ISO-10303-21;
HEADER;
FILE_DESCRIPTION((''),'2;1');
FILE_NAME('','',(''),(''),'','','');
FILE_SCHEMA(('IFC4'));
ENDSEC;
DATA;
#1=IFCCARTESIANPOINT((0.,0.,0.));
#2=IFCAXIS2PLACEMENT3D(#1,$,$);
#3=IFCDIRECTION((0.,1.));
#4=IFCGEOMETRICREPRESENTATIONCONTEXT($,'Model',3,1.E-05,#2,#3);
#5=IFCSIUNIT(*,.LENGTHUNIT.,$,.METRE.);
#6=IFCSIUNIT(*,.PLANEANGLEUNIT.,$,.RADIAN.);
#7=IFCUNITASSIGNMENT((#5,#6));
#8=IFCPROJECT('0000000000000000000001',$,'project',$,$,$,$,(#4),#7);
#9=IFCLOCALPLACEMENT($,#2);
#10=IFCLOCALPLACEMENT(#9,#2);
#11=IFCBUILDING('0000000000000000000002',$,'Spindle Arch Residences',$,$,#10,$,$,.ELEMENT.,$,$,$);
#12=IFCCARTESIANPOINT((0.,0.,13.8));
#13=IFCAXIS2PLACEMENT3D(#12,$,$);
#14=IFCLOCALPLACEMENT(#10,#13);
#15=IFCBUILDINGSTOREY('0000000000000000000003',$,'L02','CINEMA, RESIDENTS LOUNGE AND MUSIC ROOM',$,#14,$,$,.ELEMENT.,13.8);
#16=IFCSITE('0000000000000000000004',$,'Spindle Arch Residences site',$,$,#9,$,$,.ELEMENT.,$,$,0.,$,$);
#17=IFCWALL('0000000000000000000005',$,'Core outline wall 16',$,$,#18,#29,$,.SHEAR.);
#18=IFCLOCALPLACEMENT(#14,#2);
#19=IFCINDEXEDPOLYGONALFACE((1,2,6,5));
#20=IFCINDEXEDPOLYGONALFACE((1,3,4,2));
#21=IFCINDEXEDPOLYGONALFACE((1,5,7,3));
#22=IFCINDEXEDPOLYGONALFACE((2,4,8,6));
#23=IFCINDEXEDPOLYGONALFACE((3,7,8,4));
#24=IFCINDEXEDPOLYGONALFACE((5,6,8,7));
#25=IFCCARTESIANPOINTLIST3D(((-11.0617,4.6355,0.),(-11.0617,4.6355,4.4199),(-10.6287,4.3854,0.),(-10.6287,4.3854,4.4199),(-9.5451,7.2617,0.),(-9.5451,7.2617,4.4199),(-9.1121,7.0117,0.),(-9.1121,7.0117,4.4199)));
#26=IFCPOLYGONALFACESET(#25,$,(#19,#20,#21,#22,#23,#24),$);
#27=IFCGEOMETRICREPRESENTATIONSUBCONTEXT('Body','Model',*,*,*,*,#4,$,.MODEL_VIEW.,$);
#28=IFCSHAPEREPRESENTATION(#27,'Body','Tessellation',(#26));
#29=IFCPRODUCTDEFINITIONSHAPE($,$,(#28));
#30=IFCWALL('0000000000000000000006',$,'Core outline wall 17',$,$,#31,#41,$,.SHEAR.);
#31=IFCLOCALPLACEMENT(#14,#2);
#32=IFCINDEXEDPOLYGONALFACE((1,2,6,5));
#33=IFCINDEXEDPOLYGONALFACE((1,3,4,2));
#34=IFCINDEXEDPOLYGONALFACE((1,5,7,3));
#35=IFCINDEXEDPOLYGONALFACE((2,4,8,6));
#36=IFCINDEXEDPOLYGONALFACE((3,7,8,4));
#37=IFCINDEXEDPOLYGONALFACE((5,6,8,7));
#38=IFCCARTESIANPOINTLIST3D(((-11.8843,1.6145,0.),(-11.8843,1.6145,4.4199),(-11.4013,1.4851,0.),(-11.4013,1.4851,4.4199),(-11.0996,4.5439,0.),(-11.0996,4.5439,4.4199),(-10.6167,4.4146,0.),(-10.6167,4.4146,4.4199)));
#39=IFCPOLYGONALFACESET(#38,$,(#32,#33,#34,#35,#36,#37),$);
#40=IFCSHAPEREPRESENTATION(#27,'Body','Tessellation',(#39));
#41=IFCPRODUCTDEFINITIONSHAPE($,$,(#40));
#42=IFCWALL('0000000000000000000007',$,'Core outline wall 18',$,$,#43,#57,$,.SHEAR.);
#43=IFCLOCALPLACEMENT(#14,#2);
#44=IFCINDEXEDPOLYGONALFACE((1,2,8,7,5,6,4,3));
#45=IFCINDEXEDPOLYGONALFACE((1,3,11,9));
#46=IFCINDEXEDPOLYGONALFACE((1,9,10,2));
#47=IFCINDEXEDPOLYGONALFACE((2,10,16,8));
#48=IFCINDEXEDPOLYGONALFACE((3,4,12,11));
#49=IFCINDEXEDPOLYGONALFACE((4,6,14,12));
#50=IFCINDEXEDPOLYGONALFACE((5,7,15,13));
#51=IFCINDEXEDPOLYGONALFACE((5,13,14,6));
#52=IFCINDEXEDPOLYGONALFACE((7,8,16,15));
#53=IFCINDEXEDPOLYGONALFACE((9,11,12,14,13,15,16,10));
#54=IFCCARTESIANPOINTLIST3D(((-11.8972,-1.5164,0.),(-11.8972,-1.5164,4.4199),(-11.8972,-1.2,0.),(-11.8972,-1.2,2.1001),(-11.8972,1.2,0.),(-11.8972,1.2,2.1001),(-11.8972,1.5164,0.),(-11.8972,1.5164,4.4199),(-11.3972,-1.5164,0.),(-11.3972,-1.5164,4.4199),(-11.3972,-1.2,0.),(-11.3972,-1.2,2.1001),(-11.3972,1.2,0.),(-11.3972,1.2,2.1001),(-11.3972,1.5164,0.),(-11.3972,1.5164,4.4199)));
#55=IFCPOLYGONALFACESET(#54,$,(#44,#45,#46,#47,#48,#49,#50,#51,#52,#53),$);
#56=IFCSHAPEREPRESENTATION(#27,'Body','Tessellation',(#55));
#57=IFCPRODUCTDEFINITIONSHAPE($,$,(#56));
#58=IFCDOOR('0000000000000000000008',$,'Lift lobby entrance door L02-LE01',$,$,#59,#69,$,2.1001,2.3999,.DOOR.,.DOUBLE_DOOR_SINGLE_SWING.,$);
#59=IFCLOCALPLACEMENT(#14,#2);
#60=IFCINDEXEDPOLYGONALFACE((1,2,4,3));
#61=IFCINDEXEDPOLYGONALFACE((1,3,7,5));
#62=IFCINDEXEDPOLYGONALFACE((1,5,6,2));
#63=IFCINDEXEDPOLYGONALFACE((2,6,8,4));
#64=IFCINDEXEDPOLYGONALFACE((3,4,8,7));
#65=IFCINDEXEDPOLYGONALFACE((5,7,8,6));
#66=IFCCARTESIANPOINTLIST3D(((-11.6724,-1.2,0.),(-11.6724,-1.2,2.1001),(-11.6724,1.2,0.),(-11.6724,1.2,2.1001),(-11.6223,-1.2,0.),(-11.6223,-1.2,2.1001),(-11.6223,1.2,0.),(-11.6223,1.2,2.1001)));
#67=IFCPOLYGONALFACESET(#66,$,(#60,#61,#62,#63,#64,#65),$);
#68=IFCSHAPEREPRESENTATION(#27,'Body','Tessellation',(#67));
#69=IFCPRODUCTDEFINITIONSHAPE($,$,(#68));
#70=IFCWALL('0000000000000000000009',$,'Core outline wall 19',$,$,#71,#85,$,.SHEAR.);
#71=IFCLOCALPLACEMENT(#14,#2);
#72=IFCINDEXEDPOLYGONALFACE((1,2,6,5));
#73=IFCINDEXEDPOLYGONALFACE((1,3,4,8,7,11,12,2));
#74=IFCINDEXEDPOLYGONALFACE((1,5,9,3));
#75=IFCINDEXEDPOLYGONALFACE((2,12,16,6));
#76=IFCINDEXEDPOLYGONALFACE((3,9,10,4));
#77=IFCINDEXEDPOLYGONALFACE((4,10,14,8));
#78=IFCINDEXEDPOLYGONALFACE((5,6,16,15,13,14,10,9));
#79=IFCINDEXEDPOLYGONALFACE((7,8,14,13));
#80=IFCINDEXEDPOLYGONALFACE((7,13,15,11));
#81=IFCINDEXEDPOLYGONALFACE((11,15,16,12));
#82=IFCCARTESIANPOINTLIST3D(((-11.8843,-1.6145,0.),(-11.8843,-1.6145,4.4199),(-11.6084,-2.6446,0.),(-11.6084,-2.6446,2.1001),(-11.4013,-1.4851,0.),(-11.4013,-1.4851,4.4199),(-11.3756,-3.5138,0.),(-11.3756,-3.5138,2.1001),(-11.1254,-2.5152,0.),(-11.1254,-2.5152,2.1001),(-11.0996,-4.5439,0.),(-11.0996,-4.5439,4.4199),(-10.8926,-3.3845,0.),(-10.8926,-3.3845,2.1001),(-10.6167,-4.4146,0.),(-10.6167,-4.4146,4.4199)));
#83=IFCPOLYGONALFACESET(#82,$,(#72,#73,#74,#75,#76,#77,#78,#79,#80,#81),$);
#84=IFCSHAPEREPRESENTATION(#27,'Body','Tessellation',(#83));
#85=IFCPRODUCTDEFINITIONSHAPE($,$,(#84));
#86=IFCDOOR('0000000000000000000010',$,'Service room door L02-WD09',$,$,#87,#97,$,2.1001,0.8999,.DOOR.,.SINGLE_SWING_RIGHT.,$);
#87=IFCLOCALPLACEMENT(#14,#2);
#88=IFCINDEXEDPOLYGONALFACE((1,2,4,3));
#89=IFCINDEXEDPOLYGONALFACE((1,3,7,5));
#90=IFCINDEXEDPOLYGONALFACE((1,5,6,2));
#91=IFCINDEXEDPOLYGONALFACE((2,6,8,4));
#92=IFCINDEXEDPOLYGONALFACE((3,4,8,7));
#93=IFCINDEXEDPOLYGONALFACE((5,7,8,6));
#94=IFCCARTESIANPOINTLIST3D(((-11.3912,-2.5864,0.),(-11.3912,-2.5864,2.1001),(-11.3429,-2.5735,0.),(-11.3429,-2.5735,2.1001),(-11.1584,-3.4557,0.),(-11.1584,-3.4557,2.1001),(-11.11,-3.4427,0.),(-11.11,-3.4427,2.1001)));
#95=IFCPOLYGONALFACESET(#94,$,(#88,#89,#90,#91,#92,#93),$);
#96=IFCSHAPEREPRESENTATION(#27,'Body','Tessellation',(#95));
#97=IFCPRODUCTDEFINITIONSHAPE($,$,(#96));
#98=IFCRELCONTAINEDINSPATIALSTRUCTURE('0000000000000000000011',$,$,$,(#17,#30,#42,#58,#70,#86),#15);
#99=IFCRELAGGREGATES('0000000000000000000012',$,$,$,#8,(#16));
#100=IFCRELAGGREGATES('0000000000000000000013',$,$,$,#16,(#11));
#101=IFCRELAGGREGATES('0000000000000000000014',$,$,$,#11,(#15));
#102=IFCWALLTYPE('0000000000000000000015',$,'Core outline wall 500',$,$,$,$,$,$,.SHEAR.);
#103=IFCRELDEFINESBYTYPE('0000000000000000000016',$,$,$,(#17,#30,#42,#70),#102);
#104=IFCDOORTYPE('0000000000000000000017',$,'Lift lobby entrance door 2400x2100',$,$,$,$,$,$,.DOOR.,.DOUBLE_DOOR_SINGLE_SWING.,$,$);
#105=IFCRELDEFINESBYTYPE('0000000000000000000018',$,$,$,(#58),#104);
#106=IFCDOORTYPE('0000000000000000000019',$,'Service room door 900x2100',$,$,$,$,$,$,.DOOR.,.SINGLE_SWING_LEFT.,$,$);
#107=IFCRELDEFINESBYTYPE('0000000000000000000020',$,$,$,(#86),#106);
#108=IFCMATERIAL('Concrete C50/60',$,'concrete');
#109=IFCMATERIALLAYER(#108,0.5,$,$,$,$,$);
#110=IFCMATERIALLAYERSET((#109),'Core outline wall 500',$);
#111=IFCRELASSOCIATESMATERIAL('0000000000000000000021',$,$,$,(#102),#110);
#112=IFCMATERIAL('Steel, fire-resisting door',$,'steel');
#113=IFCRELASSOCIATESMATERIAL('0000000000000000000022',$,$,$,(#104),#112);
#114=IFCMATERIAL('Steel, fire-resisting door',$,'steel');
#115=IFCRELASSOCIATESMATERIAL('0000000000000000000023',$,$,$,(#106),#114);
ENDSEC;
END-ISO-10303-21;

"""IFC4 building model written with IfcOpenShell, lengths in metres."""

from ifc_helpers import new_model, si_unit, direction, frame, frame_2d, origin, place, context, subcontext, project, spatial, rectangle, extrude, material, layer, layer_set, type_object, element, fill, save


model = new_model("IFC4")

# Units and contexts
model_context = context("Model", 3, precision=1e-05, world=origin(), true_north=direction((0.0, 1.0)))
body_context = subcontext(model_context, "Body", "Model", "MODEL_VIEW")
ifc_project = project(units=[si_unit("LENGTHUNIT", "METRE"), si_unit("PLANEANGLEUNIT", "RADIAN")], contexts=[model_context])

# Site, building, storey
site_placement = place(None, origin())
site = spatial("IfcSite", under=ifc_project, at=site_placement, Name="Spindle Arch Residences site", CompositionType="ELEMENT", RefElevation=0.0)
building_placement = place(site_placement, origin())
building = spatial("IfcBuilding", under=site, at=building_placement, Name="Spindle Arch Residences", CompositionType="ELEMENT")
storey_placement = place(building_placement, frame((0.0, 0.0, 13.8)))
storey = spatial("IfcBuildingStorey", under=building, at=storey_placement, Name="L02", Description="CINEMA, RESIDENTS LOUNGE AND MUSIC ROOM", CompositionType="ELEMENT", Elevation=13.8)

# Walls
ifc_material_1 = material(Name="Concrete C50/60", Category="concrete")
ifc_layer_1 = layer(ifc_material_1, 0.5)
ifc_layer_set_1 = layer_set([ifc_layer_1], Name="Core outline wall 500")
wall_type_1 = type_object("IfcWallType", Name="Core outline wall 500", PredefinedType="SHEAR", material=ifc_layer_set_1)
for number, where, z_axis, x_axis, name in (
    (1, (-9.3286, 7.1367, 0.0), (0.0, 0.0, 1.0), (-0.500087, -0.865975, 0.0), "Core outline wall 16"),
    (2, (-10.8582, 4.4792, 0.0), (0.0, 0.0, 1.0), (-0.258735, -0.965948, 0.0), "Core outline wall 17"),
):
    element("IfcWall", number, at=place(storey_placement, frame(where, z_axis=z_axis, x_axis=x_axis)), inside=storey, type_object=wall_type_1, Name=name, PredefinedType="SHEAR", context=body_context, shape_type="SweptSolid", body=[
        extrude(rectangle(XDim=3.0327, YDim=0.5, at=frame_2d((1.5164, 0.0))), origin(), (0.0, 0.0, 1.0), 4.4199),
    ])

# Walls, openings, doors
wall_1_placement = place(storey_placement, frame((-11.6472, 1.5164, 0.0), z_axis=(0.0, 0.0, 1.0), x_axis=(0.0, -1.0, 0.0)))
wall_1 = element("IfcWall", 3, at=wall_1_placement, inside=storey, type_object=wall_type_1, Name="Core outline wall 18", PredefinedType="SHEAR", context=body_context, shape_type="SweptSolid", body=[
    extrude(rectangle(XDim=3.0327, YDim=0.5, at=frame_2d((1.5164, 0.0))), origin(), (0.0, 0.0, 1.0), 4.4199),
])
opening_1_placement = place(wall_1_placement, frame((0.3164, 0.0, 0.0)))
opening_1 = element("IfcOpeningElement", 4, at=opening_1_placement, cuts=wall_1, PredefinedType="OPENING", context=body_context, shape_type="SweptSolid", body=[
    extrude(rectangle(XDim=2.3999, YDim=2.1001, at=frame_2d((1.2, 1.05))), frame((0.0, 0.26, 0.0), z_axis=(0.0, -1.0, 0.0), x_axis=(1.0, 0.0, 0.0)), (0.0, 0.0, 1.0), 0.52),
])
ifc_material_2 = material(Name="Steel, fire-resisting door", Category="steel")
door_type_1 = type_object("IfcDoorType", Name="Lift lobby entrance door 2400x2100", OperationType="DOUBLE_DOOR_SINGLE_SWING", PredefinedType="DOOR", material=ifc_material_2)
door_1_placement = place(opening_1_placement, origin())
door_1 = element("IfcDoor", 5, at=door_1_placement, inside=storey, type_object=door_type_1, Name="Lift lobby entrance door L02-LE01", OperationType="DOUBLE_DOOR_SINGLE_SWING", OverallHeight=2.1001, OverallWidth=2.3999, PredefinedType="DOOR", context=body_context, shape_type="SweptSolid", body=[
    extrude(rectangle(XDim=2.3999, YDim=2.1001, at=frame_2d((1.2, 1.05))), frame((0.0, 0.0249, 0.0), z_axis=(0.0, -1.0, 0.0), x_axis=(1.0, 0.0, 0.0)), (0.0, 0.0, 1.0), 0.05),
])
fill(opening_1, door_1)
wall_2_placement = place(storey_placement, frame((-11.6428, -1.5498, 0.0), z_axis=(0.0, 0.0, 1.0), x_axis=(0.258735, -0.965948, 0.0)))
wall_2 = element("IfcWall", 6, at=wall_2_placement, inside=storey, type_object=wall_type_1, Name="Core outline wall 19", PredefinedType="SHEAR", context=body_context, shape_type="SweptSolid", body=[
    extrude(rectangle(XDim=3.0327, YDim=0.5, at=frame_2d((1.5164, 0.0))), origin(), (0.0, 0.0, 1.0), 4.4199),
])
opening_2_placement = place(wall_2_placement, frame((1.0664, 0.0, 0.0)))
opening_2 = element("IfcOpeningElement", 7, at=opening_2_placement, cuts=wall_2, PredefinedType="OPENING", context=body_context, shape_type="SweptSolid", body=[
    extrude(rectangle(XDim=0.8999, YDim=2.1001, at=frame_2d((0.45, 1.05))), frame((0.0, 0.26, 0.0), z_axis=(0.0, -1.0, 0.0), x_axis=(1.0, 0.0, 0.0)), (0.0, 0.0, 1.0), 0.52),
])
ifc_material_3 = material(Name="Steel, fire-resisting door", Category="steel")
door_type_2 = type_object("IfcDoorType", Name="Service room door 900x2100", OperationType="SINGLE_SWING_LEFT", PredefinedType="DOOR", material=ifc_material_3)
door_2_placement = place(opening_2_placement, origin())
door_2 = element("IfcDoor", 8, at=door_2_placement, inside=storey, type_object=door_type_2, Name="Service room door L02-WD09", OperationType="SINGLE_SWING_RIGHT", OverallHeight=2.1001, OverallWidth=0.8999, PredefinedType="DOOR", context=body_context, shape_type="SweptSolid", body=[
    extrude(rectangle(XDim=0.8999, YDim=2.1001, at=frame_2d((0.45, 1.05))), frame((0.0, 0.0249, 0.0), z_axis=(0.0, -1.0, 0.0), x_axis=(1.0, 0.0, 0.0)), (0.0, 0.0, 1.0), 0.05),
])
fill(opening_2, door_2)

save(model, "model.ifc")
